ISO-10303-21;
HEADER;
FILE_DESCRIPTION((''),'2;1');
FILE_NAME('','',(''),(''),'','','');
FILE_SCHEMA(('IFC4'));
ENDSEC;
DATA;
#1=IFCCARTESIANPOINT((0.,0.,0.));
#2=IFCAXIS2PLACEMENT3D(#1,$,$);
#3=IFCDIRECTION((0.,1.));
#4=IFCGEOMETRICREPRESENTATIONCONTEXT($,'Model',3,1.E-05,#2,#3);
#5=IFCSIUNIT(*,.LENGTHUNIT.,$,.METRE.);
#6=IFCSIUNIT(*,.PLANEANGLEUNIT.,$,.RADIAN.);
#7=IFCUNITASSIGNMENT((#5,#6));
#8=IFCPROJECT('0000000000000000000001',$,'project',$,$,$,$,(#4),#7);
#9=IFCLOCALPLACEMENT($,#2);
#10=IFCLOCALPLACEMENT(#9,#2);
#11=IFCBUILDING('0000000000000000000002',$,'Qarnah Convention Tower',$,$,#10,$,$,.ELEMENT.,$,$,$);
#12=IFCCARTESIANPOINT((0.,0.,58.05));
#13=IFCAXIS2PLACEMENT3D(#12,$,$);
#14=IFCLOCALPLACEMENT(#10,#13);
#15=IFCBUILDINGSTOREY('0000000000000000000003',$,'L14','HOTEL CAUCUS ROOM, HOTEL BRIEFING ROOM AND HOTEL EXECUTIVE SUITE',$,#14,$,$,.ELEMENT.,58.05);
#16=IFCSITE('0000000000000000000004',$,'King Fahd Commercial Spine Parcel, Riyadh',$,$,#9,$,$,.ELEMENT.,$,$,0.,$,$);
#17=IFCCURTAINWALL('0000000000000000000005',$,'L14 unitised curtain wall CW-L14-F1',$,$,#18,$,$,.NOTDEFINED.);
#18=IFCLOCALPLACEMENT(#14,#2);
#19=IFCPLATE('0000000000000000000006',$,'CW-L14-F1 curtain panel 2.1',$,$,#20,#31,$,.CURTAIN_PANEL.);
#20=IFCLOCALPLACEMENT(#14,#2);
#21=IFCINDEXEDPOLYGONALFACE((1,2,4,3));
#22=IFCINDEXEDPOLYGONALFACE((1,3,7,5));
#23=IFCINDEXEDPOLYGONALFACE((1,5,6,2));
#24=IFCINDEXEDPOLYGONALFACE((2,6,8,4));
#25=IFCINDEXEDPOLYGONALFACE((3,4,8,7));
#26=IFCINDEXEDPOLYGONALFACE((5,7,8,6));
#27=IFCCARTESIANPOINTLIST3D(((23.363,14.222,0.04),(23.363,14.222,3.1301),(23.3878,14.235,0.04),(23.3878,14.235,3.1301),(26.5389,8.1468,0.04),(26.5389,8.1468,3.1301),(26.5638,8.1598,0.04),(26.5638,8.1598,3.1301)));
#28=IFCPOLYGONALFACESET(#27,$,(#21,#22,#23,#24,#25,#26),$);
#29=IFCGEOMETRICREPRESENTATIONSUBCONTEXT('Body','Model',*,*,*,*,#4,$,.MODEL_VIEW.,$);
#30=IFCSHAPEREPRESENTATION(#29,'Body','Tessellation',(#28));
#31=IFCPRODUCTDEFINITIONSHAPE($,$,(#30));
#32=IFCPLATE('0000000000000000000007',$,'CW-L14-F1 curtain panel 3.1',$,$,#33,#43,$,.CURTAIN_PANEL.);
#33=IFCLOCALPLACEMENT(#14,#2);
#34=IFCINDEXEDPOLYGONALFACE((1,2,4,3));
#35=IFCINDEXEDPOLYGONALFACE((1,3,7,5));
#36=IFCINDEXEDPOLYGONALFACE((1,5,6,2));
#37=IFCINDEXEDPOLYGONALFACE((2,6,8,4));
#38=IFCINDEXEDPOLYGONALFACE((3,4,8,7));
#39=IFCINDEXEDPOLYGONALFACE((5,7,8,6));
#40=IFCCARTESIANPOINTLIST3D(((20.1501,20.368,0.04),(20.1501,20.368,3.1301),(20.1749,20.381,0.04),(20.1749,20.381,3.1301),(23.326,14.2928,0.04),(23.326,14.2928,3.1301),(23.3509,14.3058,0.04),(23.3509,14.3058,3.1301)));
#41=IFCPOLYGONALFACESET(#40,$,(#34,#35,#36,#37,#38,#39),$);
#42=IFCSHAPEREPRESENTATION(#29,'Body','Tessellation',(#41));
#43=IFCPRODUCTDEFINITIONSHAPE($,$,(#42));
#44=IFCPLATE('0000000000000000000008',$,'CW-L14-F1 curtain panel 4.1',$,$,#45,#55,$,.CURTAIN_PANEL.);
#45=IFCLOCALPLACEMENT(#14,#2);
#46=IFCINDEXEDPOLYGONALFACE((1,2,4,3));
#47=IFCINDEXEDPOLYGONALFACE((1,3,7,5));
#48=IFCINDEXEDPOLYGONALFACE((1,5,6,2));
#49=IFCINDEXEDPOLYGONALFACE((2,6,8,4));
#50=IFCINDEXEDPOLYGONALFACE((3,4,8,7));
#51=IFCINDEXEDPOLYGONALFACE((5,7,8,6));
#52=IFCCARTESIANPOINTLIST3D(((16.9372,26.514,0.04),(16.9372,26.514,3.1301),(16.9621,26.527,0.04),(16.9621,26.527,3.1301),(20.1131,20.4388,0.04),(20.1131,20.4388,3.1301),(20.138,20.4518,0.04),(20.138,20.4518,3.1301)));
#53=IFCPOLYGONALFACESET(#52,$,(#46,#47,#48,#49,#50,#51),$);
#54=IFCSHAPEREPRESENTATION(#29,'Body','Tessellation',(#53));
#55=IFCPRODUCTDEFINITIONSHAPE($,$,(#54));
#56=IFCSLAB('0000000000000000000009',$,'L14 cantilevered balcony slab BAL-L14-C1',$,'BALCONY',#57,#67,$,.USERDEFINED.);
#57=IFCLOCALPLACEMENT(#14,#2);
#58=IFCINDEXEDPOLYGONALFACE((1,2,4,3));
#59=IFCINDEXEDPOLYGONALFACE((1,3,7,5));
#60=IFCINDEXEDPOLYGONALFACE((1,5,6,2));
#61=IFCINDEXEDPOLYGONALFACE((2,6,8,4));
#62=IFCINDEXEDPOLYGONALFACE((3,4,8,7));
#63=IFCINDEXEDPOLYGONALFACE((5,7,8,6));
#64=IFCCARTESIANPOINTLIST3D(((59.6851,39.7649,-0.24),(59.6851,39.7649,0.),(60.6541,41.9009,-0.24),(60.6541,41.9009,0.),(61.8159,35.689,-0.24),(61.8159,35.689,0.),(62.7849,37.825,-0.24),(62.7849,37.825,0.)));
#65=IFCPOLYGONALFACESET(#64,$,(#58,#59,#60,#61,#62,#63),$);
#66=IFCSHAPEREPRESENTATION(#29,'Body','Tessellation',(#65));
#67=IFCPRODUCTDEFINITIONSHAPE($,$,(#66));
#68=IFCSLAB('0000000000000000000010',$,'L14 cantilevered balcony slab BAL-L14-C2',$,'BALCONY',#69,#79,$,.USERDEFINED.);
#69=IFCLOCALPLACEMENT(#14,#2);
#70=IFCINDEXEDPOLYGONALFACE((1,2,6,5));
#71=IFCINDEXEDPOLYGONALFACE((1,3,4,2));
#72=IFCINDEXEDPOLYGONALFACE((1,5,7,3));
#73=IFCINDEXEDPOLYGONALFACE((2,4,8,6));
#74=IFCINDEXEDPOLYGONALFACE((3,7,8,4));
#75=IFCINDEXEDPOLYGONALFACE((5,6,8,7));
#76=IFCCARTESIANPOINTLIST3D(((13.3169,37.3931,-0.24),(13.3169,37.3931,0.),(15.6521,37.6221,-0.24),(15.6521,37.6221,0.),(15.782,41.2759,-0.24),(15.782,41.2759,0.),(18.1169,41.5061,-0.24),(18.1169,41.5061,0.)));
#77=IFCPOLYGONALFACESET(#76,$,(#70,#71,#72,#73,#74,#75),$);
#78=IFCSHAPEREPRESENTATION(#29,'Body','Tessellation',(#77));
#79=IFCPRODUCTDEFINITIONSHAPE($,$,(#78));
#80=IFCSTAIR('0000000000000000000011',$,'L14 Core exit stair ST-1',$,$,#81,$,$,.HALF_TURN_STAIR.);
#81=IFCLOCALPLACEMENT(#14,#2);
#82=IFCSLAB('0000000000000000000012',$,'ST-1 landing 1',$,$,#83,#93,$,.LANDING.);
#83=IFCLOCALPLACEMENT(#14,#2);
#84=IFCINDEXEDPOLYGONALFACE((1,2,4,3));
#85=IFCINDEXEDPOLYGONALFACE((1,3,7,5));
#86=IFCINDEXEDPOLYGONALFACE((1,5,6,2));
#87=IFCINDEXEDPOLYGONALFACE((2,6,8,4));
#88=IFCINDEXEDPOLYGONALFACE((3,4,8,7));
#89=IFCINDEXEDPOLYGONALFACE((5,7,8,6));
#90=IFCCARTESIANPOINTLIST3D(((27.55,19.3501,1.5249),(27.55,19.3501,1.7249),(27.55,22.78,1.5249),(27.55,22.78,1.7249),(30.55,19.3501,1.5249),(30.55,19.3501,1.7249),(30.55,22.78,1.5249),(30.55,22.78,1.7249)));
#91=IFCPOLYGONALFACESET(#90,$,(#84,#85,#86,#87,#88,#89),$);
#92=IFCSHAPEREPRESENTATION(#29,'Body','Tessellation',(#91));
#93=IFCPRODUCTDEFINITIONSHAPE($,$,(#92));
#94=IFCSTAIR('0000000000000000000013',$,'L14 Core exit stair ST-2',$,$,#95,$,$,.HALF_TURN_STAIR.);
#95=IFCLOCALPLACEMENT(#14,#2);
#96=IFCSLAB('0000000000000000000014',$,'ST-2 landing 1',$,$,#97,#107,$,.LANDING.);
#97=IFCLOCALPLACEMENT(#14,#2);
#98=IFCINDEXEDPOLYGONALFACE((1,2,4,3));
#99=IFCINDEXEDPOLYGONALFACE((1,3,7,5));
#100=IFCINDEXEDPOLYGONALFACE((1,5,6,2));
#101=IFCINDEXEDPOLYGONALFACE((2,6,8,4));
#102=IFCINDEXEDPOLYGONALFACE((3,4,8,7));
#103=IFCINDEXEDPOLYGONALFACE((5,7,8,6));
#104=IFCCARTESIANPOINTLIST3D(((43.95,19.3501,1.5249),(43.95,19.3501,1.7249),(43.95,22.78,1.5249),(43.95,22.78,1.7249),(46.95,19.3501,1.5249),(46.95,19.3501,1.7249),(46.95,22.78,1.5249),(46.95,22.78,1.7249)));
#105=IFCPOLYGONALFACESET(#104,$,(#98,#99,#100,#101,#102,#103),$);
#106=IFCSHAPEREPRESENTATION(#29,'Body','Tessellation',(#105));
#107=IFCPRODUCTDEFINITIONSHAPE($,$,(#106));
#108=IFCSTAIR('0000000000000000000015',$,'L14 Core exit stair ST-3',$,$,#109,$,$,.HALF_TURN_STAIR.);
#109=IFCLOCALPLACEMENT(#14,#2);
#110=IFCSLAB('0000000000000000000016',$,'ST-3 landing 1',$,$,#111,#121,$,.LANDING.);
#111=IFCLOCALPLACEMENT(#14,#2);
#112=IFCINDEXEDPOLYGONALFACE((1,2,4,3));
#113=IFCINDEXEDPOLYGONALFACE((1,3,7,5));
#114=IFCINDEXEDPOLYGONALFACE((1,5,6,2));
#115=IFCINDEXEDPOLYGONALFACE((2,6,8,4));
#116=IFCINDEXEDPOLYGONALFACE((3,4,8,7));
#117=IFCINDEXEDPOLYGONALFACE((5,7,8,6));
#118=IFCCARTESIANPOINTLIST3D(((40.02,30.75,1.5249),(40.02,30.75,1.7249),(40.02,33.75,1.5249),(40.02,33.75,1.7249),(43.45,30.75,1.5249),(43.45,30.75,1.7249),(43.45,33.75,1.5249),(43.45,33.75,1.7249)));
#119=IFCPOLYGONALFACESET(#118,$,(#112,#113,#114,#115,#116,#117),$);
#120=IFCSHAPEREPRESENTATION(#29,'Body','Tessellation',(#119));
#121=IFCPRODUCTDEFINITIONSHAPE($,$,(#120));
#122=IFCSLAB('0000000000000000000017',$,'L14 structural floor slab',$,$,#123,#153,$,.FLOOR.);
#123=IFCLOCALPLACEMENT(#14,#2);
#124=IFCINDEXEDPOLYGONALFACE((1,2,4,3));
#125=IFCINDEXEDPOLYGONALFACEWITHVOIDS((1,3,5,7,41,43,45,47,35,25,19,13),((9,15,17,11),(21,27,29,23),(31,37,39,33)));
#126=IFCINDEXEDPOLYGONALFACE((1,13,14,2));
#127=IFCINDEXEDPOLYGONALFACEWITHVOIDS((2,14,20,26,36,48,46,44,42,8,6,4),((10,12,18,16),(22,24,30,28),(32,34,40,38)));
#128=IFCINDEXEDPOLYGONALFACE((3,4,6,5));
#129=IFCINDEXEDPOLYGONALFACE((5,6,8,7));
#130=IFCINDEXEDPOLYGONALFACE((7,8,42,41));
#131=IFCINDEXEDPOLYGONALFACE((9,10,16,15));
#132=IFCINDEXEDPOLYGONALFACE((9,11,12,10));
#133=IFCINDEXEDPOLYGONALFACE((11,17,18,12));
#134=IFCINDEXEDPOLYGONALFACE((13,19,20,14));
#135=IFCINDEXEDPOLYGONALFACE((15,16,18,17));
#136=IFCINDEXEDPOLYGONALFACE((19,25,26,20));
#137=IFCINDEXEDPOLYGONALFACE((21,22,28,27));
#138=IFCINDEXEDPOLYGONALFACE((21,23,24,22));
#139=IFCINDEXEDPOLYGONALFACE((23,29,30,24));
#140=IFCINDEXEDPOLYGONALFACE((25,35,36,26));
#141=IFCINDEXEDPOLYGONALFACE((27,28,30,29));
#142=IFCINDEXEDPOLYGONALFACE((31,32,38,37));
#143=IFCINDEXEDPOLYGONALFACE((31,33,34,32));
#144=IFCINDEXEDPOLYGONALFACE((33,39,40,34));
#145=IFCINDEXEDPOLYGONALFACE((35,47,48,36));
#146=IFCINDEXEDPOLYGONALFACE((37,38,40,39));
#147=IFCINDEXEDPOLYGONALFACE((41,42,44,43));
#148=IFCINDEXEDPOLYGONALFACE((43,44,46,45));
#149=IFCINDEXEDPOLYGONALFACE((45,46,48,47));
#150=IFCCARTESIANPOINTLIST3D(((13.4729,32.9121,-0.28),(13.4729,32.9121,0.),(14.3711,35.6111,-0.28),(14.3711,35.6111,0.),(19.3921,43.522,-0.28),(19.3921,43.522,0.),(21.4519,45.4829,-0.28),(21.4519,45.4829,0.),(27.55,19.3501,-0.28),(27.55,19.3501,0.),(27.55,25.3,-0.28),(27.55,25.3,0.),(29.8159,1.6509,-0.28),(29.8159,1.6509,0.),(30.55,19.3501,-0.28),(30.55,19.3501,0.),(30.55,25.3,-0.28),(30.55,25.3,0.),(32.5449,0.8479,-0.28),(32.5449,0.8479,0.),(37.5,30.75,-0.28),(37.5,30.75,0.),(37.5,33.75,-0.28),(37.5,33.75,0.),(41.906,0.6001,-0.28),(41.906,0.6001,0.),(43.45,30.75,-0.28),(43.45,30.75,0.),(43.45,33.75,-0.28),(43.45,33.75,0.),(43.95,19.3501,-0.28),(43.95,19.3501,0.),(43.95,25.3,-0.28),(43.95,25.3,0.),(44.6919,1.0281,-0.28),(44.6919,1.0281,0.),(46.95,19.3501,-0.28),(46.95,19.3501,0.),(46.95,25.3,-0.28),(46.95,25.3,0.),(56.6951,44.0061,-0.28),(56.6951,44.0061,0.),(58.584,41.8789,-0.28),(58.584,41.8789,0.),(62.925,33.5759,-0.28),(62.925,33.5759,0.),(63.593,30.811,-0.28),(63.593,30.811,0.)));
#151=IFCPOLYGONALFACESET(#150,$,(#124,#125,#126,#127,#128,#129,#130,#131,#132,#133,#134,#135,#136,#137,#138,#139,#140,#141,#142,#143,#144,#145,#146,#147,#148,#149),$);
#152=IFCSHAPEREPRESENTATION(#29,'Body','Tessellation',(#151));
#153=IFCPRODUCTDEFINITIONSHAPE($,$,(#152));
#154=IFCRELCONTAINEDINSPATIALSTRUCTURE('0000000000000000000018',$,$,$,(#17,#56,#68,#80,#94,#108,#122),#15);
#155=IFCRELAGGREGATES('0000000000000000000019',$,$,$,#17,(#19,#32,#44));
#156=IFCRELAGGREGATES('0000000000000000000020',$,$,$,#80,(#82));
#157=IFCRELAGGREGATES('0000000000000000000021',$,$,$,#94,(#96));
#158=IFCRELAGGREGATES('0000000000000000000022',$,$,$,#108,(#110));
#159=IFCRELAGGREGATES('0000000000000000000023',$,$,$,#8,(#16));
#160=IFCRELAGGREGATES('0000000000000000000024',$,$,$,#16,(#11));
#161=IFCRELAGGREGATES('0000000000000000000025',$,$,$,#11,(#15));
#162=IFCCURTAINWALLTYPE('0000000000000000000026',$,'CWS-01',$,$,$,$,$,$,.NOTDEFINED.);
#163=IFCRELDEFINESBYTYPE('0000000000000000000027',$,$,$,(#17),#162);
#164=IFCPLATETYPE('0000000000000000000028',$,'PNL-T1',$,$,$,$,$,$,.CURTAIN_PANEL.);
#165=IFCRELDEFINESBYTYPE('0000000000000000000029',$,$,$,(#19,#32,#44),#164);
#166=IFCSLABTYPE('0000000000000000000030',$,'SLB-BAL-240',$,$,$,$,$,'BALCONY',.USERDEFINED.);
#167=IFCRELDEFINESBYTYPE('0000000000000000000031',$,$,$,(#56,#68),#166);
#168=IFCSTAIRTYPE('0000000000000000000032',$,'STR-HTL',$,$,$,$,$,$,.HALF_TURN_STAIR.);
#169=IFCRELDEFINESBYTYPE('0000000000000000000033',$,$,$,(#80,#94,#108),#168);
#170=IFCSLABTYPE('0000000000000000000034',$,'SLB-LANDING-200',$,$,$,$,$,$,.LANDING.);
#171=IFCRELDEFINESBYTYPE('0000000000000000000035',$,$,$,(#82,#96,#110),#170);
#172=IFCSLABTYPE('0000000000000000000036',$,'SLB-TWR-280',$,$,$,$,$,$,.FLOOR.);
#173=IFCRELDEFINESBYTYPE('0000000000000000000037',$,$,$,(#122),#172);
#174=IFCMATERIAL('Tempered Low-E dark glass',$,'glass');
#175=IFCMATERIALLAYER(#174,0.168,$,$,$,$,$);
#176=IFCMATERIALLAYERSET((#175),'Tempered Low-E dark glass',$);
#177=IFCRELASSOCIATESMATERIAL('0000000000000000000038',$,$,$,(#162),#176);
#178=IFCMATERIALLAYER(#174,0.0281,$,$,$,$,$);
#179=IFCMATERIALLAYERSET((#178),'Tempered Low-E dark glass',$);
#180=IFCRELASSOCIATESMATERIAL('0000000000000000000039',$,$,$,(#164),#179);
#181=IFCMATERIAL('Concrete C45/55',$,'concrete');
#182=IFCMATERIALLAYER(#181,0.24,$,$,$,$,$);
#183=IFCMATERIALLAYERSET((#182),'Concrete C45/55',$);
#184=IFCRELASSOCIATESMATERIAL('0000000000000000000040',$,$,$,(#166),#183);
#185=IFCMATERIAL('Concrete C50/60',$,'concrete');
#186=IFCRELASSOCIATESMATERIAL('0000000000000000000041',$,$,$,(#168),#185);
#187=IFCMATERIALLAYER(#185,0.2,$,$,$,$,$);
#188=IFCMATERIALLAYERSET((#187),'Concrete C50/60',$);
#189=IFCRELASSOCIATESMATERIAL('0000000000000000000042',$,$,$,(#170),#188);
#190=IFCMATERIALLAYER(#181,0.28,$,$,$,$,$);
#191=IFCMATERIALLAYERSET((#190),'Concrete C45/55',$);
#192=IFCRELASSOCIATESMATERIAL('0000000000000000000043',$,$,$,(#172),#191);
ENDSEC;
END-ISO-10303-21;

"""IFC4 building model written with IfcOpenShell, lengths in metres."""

from ifc_helpers import new_model, si_unit, direction, frame, origin, origin_2d, place, context, subcontext, project, spatial, polyline, rectangle, outline, extrude, material, layer, layer_set, type_object, element, aggregate, save


model = new_model("IFC4")

# Units and contexts
model_context = context("Model", 3, precision=1e-05, world=origin(), true_north=direction((0.0, 1.0)))
body_context = subcontext(model_context, "Body", "Model", "MODEL_VIEW")
ifc_project = project(units=[si_unit("LENGTHUNIT", "METRE"), si_unit("PLANEANGLEUNIT", "RADIAN")], contexts=[model_context])

# Site, building, storey
site_placement = place(None, origin())
site = spatial("IfcSite", under=ifc_project, at=site_placement, Name="King Fahd Commercial Spine Parcel, Riyadh", CompositionType="ELEMENT", RefElevation=0.0)
building_placement = place(site_placement, origin())
building = spatial("IfcBuilding", under=site, at=building_placement, Name="Qarnah Convention Tower", CompositionType="ELEMENT")
storey_placement = place(building_placement, frame((0.0, 0.0, 58.05)))
storey = spatial("IfcBuildingStorey", under=building, at=storey_placement, Name="L14", Description="HOTEL CAUCUS ROOM, HOTEL BRIEFING ROOM AND HOTEL EXECUTIVE SUITE", CompositionType="ELEMENT", Elevation=58.05)

# Curtain wall, plates
ifc_material_1 = material(Name="Tempered Low-E dark glass", Category="glass")
ifc_layer_1 = layer(ifc_material_1, 0.168)
ifc_layer_set_1 = layer_set([ifc_layer_1], Name="Tempered Low-E dark glass")
curtain_wall_type = type_object("IfcCurtainWallType", Name="CWS-01", PredefinedType="NOTDEFINED", material=ifc_layer_set_1)
curtain_wall_placement = place(storey_placement, origin())
curtain_wall = element("IfcCurtainWall", 1, at=curtain_wall_placement, inside=storey, type_object=curtain_wall_type, Name="L14 unitised curtain wall CW-L14-F1", PredefinedType="NOTDEFINED")
ifc_layer_2 = layer(ifc_material_1, 0.0281)
ifc_layer_set_2 = layer_set([ifc_layer_2], Name="Tempered Low-E dark glass")
plate_type = type_object("IfcPlateType", Name="PNL-T1", PredefinedType="CURTAIN_PANEL", material=ifc_layer_set_2)
plate_1_placement = place(storey_placement, frame((24.9634, 11.1909, 0.04), z_axis=(0.0, 0.0, 1.0), x_axis=(-0.46329, 0.886207, 0.0)))
plate_1 = element("IfcPlate", 2, at=plate_1_placement, type_object=plate_type, Name="CW-L14-F1 curtain panel 2.1", PredefinedType="CURTAIN_PANEL", context=body_context, shape_type="SweptSolid", body=[
    extrude(rectangle(XDim=6.8552, YDim=0.0281, at=origin_2d()), origin(), (0.0, 0.0, 1.0), 3.0901),
])
plate_2_placement = place(storey_placement, frame((21.7505, 17.3369, 0.04), z_axis=(0.0, 0.0, 1.0), x_axis=(-0.46329, 0.886207, 0.0)))
plate_2 = element("IfcPlate", 3, at=plate_2_placement, type_object=plate_type, Name="CW-L14-F1 curtain panel 3.1", PredefinedType="CURTAIN_PANEL", context=body_context, shape_type="SweptSolid", body=[
    extrude(rectangle(XDim=6.8552, YDim=0.0281, at=origin_2d()), origin(), (0.0, 0.0, 1.0), 3.0901),
])
plate_3_placement = place(storey_placement, frame((18.5376, 23.4829, 0.04), z_axis=(0.0, 0.0, 1.0), x_axis=(-0.46329, 0.886207, 0.0)))
plate_3 = element("IfcPlate", 4, at=plate_3_placement, type_object=plate_type, Name="CW-L14-F1 curtain panel 4.1", PredefinedType="CURTAIN_PANEL", context=body_context, shape_type="SweptSolid", body=[
    extrude(rectangle(XDim=6.8552, YDim=0.0281, at=origin_2d()), origin(), (0.0, 0.0, 1.0), 3.0901),
])
aggregate(curtain_wall, [plate_1, plate_2, plate_3])

# Slabs
ifc_material_2 = material(Name="Concrete C45/55", Category="concrete")
ifc_layer_3 = layer(ifc_material_2, 0.24)
ifc_layer_set_3 = layer_set([ifc_layer_3], Name="Concrete C45/55")
slab_type_1 = type_object("IfcSlabType", Name="SLB-BAL-240", ElementType="BALCONY", PredefinedType="USERDEFINED", material=ifc_layer_set_3)
slab_1_placement = place(storey_placement, frame((0.0, 0.0, -0.24)))
element("IfcSlab", 5, at=slab_1_placement, inside=storey, type_object=slab_type_1, Name="L14 cantilevered balcony slab BAL-L14-C1", ObjectType="BALCONY", PredefinedType="USERDEFINED", context=body_context, shape_type="SweptSolid", body=[
    extrude(outline(polyline([(60.6541, 41.9009), (62.7849, 37.825), (61.8159, 35.689), (59.6851, 39.7649), (60.6541, 41.9009)])), origin(), (0.0, 0.0, 1.0), 0.24),
])
slab_2_placement = place(storey_placement, frame((0.0, 0.0, -0.24)))
element("IfcSlab", 6, at=slab_2_placement, inside=storey, type_object=slab_type_1, Name="L14 cantilevered balcony slab BAL-L14-C2", ObjectType="BALCONY", PredefinedType="USERDEFINED", context=body_context, shape_type="SweptSolid", body=[
    extrude(outline(polyline([(13.3169, 37.3931), (15.782, 41.2759), (18.1169, 41.5061), (15.6521, 37.6221), (13.3169, 37.3931)])), origin(), (0.0, 0.0, 1.0), 0.24),
])

# Stairs, slabs
ifc_material_3 = material(Name="Concrete C50/60", Category="concrete")
stair_type = type_object("IfcStairType", Name="STR-HTL", PredefinedType="HALF_TURN_STAIR", material=ifc_material_3)
stair_1_placement = place(storey_placement, origin())
stair_1 = element("IfcStair", 7, at=stair_1_placement, inside=storey, type_object=stair_type, Name="L14 Core exit stair ST-1", PredefinedType="HALF_TURN_STAIR")
ifc_layer_4 = layer(ifc_material_3, 0.2)
ifc_layer_set_4 = layer_set([ifc_layer_4], Name="Concrete C50/60")
slab_type_2 = type_object("IfcSlabType", Name="SLB-LANDING-200", PredefinedType="LANDING", material=ifc_layer_set_4)
slab_3_placement = place(storey_placement, frame((0.0, 0.0, 1.5249)))
slab_3 = element("IfcSlab", 8, at=slab_3_placement, type_object=slab_type_2, Name="ST-1 landing 1", PredefinedType="LANDING", context=body_context, shape_type="SweptSolid", body=[
    extrude(outline(polyline([(27.55, 22.78), (27.55, 19.3501), (30.55, 19.3501), (30.55, 22.78), (27.55, 22.78)])), origin(), (0.0, 0.0, 1.0), 0.2),
])
aggregate(stair_1, [slab_3])
stair_2_placement = place(storey_placement, origin())
stair_2 = element("IfcStair", 9, at=stair_2_placement, inside=storey, type_object=stair_type, Name="L14 Core exit stair ST-2", PredefinedType="HALF_TURN_STAIR")
slab_4_placement = place(storey_placement, frame((0.0, 0.0, 1.5249)))
slab_4 = element("IfcSlab", 10, at=slab_4_placement, type_object=slab_type_2, Name="ST-2 landing 1", PredefinedType="LANDING", context=body_context, shape_type="SweptSolid", body=[
    extrude(outline(polyline([(43.95, 22.78), (43.95, 19.3501), (46.95, 19.3501), (46.95, 22.78), (43.95, 22.78)])), origin(), (0.0, 0.0, 1.0), 0.2),
])
aggregate(stair_2, [slab_4])
stair_3_placement = place(storey_placement, origin())
stair_3 = element("IfcStair", 11, at=stair_3_placement, inside=storey, type_object=stair_type, Name="L14 Core exit stair ST-3", PredefinedType="HALF_TURN_STAIR")
slab_5_placement = place(storey_placement, frame((0.0, 0.0, 1.5249)))
slab_5 = element("IfcSlab", 12, at=slab_5_placement, type_object=slab_type_2, Name="ST-3 landing 1", PredefinedType="LANDING", context=body_context, shape_type="SweptSolid", body=[
    extrude(outline(polyline([(40.02, 30.75), (43.45, 30.75), (43.45, 33.75), (40.02, 33.75), (40.02, 30.75)])), origin(), (0.0, 0.0, 1.0), 0.2),
])
aggregate(stair_3, [slab_5])

# Slab
ifc_layer_5 = layer(ifc_material_2, 0.28)
ifc_layer_set_5 = layer_set([ifc_layer_5], Name="Concrete C45/55")
slab_type_3 = type_object("IfcSlabType", Name="SLB-TWR-280", PredefinedType="FLOOR", material=ifc_layer_set_5)
slab_6_placement = place(storey_placement, frame((0.0, 0.0, -0.28)))
element("IfcSlab", 13, at=slab_6_placement, inside=storey, type_object=slab_type_3, Name="L14 structural floor slab", PredefinedType="FLOOR", context=body_context, shape_type="SweptSolid", body=[
    extrude(outline(polyline([(56.6951, 44.0061), (21.4519, 45.4829), (19.3921, 43.522), (14.3711, 35.6111), (13.4729, 32.9121), (29.8159, 1.6509), (32.5449, 0.8479), (41.906, 0.6001), (44.6919, 1.0281), (63.593, 30.811), (62.925, 33.5759), (58.584, 41.8789), (56.6951, 44.0061)]), holes=[polyline([(27.55, 25.3), (27.55, 19.3501), (30.55, 19.3501), (30.55, 25.3), (27.55, 25.3)]), polyline([(43.95, 25.3), (43.95, 19.3501), (46.95, 19.3501), (46.95, 25.3), (43.95, 25.3)]), polyline([(37.5, 30.75), (43.45, 30.75), (43.45, 33.75), (37.5, 33.75), (37.5, 30.75)])]), origin(), (0.0, 0.0, 1.0), 0.28),
])

save(model, "model.ifc")
